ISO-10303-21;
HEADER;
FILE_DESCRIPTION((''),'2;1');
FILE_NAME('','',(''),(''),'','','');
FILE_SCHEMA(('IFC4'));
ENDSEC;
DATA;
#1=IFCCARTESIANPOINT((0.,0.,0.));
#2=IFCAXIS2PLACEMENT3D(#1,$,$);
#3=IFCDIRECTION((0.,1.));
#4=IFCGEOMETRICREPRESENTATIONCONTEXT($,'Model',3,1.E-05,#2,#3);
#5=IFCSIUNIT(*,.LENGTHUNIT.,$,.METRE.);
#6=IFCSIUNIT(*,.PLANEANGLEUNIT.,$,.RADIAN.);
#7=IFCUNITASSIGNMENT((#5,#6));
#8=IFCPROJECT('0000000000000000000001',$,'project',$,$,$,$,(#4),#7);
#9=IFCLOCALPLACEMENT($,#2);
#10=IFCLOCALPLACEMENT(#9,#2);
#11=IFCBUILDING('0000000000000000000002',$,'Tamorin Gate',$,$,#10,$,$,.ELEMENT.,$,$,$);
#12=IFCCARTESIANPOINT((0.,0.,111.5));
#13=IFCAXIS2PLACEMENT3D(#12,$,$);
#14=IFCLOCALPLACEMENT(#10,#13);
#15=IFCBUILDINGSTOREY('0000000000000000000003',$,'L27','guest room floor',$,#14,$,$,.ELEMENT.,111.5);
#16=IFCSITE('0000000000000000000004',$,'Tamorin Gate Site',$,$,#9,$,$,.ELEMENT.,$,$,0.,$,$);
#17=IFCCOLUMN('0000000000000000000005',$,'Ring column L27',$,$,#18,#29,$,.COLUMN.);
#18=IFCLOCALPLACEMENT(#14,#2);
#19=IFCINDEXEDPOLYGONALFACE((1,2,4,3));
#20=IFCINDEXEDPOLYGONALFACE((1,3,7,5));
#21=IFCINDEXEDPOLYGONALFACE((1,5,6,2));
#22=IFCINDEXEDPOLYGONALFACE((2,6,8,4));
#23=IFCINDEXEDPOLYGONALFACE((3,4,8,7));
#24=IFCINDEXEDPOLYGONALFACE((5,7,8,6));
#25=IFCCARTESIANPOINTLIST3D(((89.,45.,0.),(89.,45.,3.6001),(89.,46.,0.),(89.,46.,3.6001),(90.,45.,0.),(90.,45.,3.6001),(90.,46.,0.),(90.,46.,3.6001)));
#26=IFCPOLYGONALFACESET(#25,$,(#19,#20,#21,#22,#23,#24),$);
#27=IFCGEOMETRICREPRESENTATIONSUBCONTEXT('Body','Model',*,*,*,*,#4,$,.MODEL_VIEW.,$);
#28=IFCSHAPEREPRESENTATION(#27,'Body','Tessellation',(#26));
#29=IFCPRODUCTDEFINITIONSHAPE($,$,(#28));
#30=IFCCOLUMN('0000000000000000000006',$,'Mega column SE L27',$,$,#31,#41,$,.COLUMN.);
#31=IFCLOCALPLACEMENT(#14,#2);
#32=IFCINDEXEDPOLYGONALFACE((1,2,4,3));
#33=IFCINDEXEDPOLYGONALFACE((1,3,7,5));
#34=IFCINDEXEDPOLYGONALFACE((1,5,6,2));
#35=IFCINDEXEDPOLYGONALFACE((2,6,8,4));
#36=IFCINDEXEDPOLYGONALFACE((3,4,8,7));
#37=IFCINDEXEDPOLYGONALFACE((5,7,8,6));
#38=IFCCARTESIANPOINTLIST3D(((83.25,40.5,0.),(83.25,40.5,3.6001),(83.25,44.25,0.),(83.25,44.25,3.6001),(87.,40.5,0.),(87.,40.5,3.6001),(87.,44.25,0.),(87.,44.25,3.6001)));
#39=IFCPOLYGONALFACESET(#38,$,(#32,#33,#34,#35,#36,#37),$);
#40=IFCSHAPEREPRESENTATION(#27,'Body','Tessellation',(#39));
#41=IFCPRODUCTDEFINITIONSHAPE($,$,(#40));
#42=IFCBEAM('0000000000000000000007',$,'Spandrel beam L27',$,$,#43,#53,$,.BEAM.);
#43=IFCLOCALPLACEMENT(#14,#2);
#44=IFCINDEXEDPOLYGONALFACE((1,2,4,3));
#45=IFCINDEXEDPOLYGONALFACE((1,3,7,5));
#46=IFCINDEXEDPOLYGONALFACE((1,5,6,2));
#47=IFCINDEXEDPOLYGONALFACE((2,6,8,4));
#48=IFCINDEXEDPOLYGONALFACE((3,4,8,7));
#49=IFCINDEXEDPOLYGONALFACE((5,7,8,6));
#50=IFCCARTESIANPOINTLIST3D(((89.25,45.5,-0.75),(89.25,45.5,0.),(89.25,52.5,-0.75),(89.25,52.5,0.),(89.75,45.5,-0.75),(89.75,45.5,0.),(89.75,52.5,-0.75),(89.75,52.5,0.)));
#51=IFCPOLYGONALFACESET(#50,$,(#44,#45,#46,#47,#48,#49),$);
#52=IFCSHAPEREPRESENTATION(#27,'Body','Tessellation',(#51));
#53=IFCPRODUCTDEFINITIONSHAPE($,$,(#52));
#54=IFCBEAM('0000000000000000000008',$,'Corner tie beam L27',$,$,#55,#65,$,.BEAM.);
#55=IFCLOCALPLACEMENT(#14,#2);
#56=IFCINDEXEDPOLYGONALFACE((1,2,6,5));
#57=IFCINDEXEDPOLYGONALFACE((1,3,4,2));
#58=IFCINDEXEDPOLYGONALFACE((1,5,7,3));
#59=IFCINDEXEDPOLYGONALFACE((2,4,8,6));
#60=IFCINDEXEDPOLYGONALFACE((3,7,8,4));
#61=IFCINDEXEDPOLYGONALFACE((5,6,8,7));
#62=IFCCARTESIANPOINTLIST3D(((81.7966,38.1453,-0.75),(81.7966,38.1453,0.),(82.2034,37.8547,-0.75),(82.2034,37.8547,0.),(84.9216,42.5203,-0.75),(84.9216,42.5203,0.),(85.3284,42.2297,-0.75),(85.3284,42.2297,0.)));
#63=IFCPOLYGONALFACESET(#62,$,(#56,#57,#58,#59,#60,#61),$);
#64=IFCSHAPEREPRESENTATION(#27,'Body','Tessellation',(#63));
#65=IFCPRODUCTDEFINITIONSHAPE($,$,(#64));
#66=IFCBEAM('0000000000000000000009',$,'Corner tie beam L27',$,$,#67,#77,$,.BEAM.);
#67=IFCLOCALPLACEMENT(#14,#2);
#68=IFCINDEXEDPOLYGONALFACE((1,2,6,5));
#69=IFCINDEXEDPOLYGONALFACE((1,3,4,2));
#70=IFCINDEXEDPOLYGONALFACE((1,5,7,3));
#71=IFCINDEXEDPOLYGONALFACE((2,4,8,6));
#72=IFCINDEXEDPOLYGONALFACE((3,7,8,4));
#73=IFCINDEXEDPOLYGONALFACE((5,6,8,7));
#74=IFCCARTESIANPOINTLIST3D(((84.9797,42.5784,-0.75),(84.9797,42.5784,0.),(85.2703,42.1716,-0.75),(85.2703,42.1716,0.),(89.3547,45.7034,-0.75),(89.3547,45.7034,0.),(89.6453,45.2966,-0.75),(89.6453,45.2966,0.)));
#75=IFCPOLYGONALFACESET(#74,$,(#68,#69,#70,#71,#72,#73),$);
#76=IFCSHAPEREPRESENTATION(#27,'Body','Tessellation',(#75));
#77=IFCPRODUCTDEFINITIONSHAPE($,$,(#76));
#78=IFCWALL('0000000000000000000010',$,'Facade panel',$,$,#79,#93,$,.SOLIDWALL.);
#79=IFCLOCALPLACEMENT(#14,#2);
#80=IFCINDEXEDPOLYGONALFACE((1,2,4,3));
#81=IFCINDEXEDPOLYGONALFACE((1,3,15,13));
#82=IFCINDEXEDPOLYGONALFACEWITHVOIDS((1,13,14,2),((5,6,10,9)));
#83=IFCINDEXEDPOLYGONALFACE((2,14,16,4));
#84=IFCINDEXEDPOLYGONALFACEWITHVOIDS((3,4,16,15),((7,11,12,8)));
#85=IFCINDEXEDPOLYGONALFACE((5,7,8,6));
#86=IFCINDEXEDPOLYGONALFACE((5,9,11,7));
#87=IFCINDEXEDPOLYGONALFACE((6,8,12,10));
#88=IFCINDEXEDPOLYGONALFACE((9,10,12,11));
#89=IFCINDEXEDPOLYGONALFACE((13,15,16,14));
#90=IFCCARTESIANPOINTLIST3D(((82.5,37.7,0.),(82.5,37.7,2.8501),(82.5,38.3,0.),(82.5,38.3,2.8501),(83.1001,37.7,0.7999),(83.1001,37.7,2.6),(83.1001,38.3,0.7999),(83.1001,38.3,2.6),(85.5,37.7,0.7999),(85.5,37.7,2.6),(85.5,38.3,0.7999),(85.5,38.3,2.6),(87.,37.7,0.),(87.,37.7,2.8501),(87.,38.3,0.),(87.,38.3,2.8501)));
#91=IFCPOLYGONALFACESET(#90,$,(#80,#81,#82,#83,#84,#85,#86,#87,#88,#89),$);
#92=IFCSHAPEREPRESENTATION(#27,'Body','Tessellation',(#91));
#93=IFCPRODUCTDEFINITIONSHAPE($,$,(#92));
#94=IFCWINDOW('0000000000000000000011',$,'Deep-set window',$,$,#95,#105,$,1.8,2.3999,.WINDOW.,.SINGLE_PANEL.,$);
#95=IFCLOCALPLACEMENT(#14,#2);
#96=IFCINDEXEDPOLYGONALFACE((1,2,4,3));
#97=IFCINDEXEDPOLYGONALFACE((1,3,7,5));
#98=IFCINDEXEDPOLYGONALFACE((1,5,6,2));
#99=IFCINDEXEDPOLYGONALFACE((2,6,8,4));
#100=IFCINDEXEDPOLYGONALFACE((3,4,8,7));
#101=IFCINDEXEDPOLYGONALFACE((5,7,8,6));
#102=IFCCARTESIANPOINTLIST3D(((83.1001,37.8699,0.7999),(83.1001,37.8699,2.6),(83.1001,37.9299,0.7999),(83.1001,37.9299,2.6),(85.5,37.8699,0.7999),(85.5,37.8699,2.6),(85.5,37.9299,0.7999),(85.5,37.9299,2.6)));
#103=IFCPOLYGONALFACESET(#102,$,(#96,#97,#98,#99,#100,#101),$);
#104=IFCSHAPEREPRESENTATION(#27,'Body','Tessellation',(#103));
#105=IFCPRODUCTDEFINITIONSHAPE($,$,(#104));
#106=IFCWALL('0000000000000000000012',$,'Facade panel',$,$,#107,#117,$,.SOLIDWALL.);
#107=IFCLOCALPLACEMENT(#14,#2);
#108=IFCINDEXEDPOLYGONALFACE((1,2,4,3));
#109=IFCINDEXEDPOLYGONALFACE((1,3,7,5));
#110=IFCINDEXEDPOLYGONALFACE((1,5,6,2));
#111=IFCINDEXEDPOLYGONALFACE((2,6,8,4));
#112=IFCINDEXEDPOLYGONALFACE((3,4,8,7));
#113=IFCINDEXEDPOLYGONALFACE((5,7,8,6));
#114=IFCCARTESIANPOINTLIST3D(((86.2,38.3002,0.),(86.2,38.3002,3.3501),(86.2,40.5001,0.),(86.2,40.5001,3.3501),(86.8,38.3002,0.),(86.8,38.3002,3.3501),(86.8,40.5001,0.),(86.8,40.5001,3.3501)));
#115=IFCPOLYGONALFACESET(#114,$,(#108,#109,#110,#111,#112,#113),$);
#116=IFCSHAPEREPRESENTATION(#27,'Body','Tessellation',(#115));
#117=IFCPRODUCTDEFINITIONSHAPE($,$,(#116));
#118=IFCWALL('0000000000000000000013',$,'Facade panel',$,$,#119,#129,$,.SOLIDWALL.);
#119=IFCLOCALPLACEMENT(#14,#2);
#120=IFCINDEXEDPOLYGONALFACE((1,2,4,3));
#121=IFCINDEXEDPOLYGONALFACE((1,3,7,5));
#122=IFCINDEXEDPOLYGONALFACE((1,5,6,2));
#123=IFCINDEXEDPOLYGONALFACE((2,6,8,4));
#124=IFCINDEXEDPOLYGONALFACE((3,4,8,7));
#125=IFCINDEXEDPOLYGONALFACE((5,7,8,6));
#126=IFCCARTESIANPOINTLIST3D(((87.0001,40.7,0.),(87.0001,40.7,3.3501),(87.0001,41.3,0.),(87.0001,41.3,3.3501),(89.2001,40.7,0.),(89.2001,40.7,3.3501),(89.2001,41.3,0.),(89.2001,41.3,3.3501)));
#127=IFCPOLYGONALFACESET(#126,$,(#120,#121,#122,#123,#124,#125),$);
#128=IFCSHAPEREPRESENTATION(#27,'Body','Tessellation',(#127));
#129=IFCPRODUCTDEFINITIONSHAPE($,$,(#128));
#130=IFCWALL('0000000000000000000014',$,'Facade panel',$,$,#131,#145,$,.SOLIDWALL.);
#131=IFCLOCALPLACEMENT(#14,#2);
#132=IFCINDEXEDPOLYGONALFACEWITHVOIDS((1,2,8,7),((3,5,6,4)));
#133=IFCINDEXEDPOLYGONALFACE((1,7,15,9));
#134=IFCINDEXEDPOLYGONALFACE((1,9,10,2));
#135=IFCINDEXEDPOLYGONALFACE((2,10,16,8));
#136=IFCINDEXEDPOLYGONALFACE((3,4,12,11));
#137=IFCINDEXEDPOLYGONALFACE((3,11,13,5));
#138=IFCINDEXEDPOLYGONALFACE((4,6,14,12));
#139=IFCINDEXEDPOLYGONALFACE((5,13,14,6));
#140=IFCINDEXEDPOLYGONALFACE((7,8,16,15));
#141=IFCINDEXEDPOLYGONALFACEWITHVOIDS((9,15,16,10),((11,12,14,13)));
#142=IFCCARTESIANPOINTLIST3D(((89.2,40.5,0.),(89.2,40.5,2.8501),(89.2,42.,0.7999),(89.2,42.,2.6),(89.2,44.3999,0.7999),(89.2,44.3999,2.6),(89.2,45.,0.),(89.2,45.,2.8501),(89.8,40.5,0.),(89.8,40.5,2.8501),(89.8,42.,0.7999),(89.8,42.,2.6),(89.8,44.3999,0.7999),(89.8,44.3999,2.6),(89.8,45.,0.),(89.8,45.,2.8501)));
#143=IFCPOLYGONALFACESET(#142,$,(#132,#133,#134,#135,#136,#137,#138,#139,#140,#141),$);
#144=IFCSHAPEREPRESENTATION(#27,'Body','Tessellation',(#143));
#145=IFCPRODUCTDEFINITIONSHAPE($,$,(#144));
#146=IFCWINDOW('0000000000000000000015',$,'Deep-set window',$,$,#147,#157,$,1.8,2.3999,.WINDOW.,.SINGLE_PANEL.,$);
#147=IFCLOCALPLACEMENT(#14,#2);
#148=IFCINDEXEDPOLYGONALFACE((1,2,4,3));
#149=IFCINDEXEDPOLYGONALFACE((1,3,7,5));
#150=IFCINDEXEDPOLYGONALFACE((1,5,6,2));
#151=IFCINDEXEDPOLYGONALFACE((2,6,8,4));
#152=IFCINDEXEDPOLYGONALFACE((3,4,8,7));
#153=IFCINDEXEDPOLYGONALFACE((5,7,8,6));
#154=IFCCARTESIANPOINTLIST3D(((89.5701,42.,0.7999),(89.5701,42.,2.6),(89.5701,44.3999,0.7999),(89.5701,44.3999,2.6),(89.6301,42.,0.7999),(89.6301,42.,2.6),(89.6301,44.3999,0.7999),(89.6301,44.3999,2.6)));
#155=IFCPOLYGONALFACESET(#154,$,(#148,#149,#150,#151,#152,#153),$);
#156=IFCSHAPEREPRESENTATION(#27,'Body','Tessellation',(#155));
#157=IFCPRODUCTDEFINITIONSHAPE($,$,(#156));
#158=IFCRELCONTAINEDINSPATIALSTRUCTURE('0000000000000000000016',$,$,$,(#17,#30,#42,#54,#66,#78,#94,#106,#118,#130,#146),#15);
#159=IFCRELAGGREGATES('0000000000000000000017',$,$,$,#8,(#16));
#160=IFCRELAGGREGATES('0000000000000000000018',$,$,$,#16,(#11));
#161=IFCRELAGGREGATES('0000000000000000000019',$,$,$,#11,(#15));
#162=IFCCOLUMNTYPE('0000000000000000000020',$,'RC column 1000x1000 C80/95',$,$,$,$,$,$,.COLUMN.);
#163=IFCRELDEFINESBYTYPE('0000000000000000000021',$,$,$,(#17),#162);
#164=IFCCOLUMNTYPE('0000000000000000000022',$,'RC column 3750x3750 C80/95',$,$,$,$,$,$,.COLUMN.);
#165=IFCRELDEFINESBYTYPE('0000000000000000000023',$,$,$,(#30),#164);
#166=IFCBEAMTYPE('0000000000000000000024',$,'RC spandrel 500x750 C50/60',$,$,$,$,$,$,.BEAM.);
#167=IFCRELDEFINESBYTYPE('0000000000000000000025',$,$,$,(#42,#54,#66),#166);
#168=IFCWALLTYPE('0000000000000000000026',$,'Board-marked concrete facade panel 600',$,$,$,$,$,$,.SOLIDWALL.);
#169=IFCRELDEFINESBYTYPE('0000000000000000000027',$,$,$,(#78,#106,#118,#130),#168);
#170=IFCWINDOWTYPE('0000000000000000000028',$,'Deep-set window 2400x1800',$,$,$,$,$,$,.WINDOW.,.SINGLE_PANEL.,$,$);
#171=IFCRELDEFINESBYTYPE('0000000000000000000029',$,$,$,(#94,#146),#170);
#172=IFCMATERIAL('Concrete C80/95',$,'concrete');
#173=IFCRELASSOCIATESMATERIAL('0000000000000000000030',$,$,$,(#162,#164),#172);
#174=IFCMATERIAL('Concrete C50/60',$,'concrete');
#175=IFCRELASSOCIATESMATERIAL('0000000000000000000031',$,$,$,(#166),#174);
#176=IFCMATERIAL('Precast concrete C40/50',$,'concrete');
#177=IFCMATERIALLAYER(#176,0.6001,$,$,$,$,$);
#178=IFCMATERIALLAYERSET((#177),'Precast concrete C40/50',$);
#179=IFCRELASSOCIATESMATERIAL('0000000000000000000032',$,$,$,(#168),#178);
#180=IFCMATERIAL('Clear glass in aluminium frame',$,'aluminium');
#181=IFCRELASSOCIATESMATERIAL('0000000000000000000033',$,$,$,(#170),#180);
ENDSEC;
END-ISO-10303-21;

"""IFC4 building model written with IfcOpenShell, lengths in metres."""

from ifc_helpers import new_model, si_unit, direction, frame, frame_2d, origin, origin_2d, place, context, subcontext, project, spatial, rectangle, extrude, material, layer, layer_set, material_profile, profile_set, type_object, element, fill, save


model = new_model("IFC4")

# Units and contexts
model_context = context("Model", 3, precision=1e-05, world=origin(), true_north=direction((0.0, 1.0)))
body_context = subcontext(model_context, "Body", "Model", "MODEL_VIEW")
ifc_project = project(units=[si_unit("LENGTHUNIT", "METRE"), si_unit("PLANEANGLEUNIT", "RADIAN")], contexts=[model_context])

# Site, building, storey
site_placement = place(None, origin())
site = spatial("IfcSite", under=ifc_project, at=site_placement, Name="Tamorin Gate Site", CompositionType="ELEMENT", RefElevation=0.0)
building_placement = place(site_placement, origin())
building = spatial("IfcBuilding", under=site, at=building_placement, Name="Tamorin Gate", CompositionType="ELEMENT")
storey_placement = place(building_placement, frame((0.0, 0.0, 111.5)))
storey = spatial("IfcBuildingStorey", under=building, at=storey_placement, Name="L27", Description="guest room floor", CompositionType="ELEMENT", Elevation=111.5)

# Columns
ifc_material_1 = material(Name="Concrete C80/95", Category="concrete")
ifc_material_profile_1 = material_profile(ifc_material_1, rectangle(XDim=1.0, YDim=1.0, at=origin_2d()), Name="RC 1000x1000")
ifc_profile_set_1 = profile_set([ifc_material_profile_1], Name="Concrete C80/95")
column_type_1 = type_object("IfcColumnType", Name="RC column 1000x1000 C80/95", PredefinedType="COLUMN", material=ifc_profile_set_1)
column_1_placement = place(storey_placement, frame((89.5, 45.5, 0.0), z_axis=(0.0, 0.0, 1.0), x_axis=(1.0, 0.0, 0.0)))
element("IfcColumn", 1, at=column_1_placement, inside=storey, type_object=column_type_1, Name="Ring column L27", PredefinedType="COLUMN", context=body_context, shape_type="SweptSolid", body=[
    extrude(rectangle(XDim=1.0, YDim=1.0, at=origin_2d()), origin(), (0.0, 0.0, 1.0), 3.6001),
])
ifc_material_profile_2 = material_profile(ifc_material_1, rectangle(XDim=3.75, YDim=3.75, at=origin_2d()), Name="RC 3750x3750")
ifc_profile_set_2 = profile_set([ifc_material_profile_2], Name="Concrete C80/95")
column_type_2 = type_object("IfcColumnType", Name="RC column 3750x3750 C80/95", PredefinedType="COLUMN", material=ifc_profile_set_2)
column_2_placement = place(storey_placement, frame((85.125, 42.375, 0.0), z_axis=(0.0, 0.0, 1.0), x_axis=(1.0, 0.0, 0.0)))
element("IfcColumn", 2, at=column_2_placement, inside=storey, type_object=column_type_2, Name="Mega column SE L27", PredefinedType="COLUMN", context=body_context, shape_type="SweptSolid", body=[
    extrude(rectangle(XDim=3.75, YDim=3.75, at=origin_2d()), origin(), (0.0, 0.0, 1.0), 3.6001),
])

# Beams
ifc_material_2 = material(Name="Concrete C50/60", Category="concrete")
ifc_material_profile_3 = material_profile(ifc_material_2, rectangle(XDim=0.5, YDim=0.75, at=origin_2d()), Name="RC 500x750")
ifc_profile_set_3 = profile_set([ifc_material_profile_3], Name="Concrete C50/60")
beam_type = type_object("IfcBeamType", Name="RC spandrel 500x750 C50/60", PredefinedType="BEAM", material=ifc_profile_set_3)
beam_placement = place(storey_placement, frame((89.5, 45.5, -0.375), z_axis=(0.0, 1.0, 0.0), x_axis=(-1.0, 0.0, 0.0)))
element("IfcBeam", 3, at=beam_placement, inside=storey, type_object=beam_type, Name="Spandrel beam L27", PredefinedType="BEAM", context=body_context, shape_type="SweptSolid", body=[
    extrude(rectangle(XDim=0.5, YDim=0.75, at=origin_2d()), origin(), (0.0, 0.0, 1.0), 7.0),
])
for number, where, z_axis, x_axis, name in (
    (4, (85.125, 42.375, -0.375), (-0.581238, -0.813733, 0.0), (0.813733, -0.581238, 0.0), "Corner tie beam L27"),
    (5, (85.125, 42.375, -0.375), (0.813733, 0.581238, 0.0), (-0.581238, 0.813733, 0.0), "Corner tie beam L27"),
):
    element("IfcBeam", number, at=place(storey_placement, frame(where, z_axis=z_axis, x_axis=x_axis)), inside=storey, type_object=beam_type, Name=name, PredefinedType="BEAM", context=body_context, shape_type="SweptSolid", body=[
        extrude(rectangle(XDim=0.5, YDim=0.75, at=origin_2d()), origin(), (0.0, 0.0, 1.0), 5.3765),
    ])

# Wall, opening, window
ifc_material_3 = material(Name="Precast concrete C40/50", Category="concrete")
ifc_layer_1 = layer(ifc_material_3, 0.6001)
ifc_layer_set_1 = layer_set([ifc_layer_1], Name="Precast concrete C40/50")
wall_type_1 = type_object("IfcWallType", Name="Board-marked concrete facade panel 600", PredefinedType="SOLIDWALL", material=ifc_layer_set_1)
wall_1_placement = place(storey_placement, frame((82.5, 38.0, 0.0), z_axis=(0.0, 0.0, 1.0), x_axis=(1.0, 0.0, 0.0)))
wall_1 = element("IfcWall", 6, at=wall_1_placement, inside=storey, type_object=wall_type_1, Name="Facade panel", PredefinedType="SOLIDWALL", context=body_context, shape_type="SweptSolid", body=[
    extrude(rectangle(XDim=4.5, YDim=0.6001, at=frame_2d((2.25, 0.0))), origin(), (0.0, 0.0, 1.0), 2.8501),
])
opening_1_placement = place(wall_1_placement, frame((0.6001, 0.0, 0.8)))
opening_1 = element("IfcOpeningElement", 7, at=opening_1_placement, cuts=wall_1, PredefinedType="OPENING", context=body_context, shape_type="SweptSolid", body=[
    extrude(rectangle(XDim=2.3999, YDim=1.8, at=frame_2d((1.2, 0.8999))), frame((0.0, 0.3101, 0.0), z_axis=(0.0, -1.0, 0.0), x_axis=(1.0, 0.0, 0.0)), (0.0, 0.0, 1.0), 0.6201),
])
ifc_material_4 = material(Name="Clear glass in aluminium frame", Category="aluminium")
window_type = type_object("IfcWindowType", Name="Deep-set window 2400x1800", PartitioningType="SINGLE_PANEL", PredefinedType="WINDOW", material=ifc_material_4)
window_1_placement = place(opening_1_placement, origin())
window_1 = element("IfcWindow", 8, at=window_1_placement, inside=storey, type_object=window_type, Name="Deep-set window", OverallHeight=1.8, OverallWidth=2.3999, PartitioningType="SINGLE_PANEL", PredefinedType="WINDOW", context=body_context, shape_type="SweptSolid", body=[
    extrude(rectangle(XDim=2.3999, YDim=1.8, at=frame_2d((1.2, 0.8999))), frame((0.0, -0.0701, 0.0), z_axis=(0.0, -1.0, 0.0), x_axis=(1.0, 0.0, 0.0)), (0.0, 0.0, 1.0), 0.0601),
])
fill(opening_1, window_1)

# Walls
for number, where, z_axis, x_axis, name in (
    (9, (86.5, 38.3, 0.0), (0.0, 0.0, 1.0), (0.0, 1.0, 0.0), "Facade panel"),
    (10, (87.0, 41.0, 0.0), (0.0, 0.0, 1.0), (1.0, 0.0, 0.0), "Facade panel"),
):
    element("IfcWall", number, at=place(storey_placement, frame(where, z_axis=z_axis, x_axis=x_axis)), inside=storey, type_object=wall_type_1, Name=name, PredefinedType="SOLIDWALL", context=body_context, shape_type="SweptSolid", body=[
        extrude(rectangle(XDim=2.2, YDim=0.6001, at=frame_2d((1.1001, 0.0))), origin(), (0.0, 0.0, 1.0), 3.3501),
    ])

# Wall, opening, window
wall_2_placement = place(storey_placement, frame((89.5, 40.5, 0.0), z_axis=(0.0, 0.0, 1.0), x_axis=(0.0, 1.0, 0.0)))
wall_2 = element("IfcWall", 11, at=wall_2_placement, inside=storey, type_object=wall_type_1, Name="Facade panel", PredefinedType="SOLIDWALL", context=body_context, shape_type="SweptSolid", body=[
    extrude(rectangle(XDim=4.5, YDim=0.6001, at=frame_2d((2.25, 0.0))), origin(), (0.0, 0.0, 1.0), 2.8501),
])
opening_2_placement = place(wall_2_placement, frame((1.5, 0.0, 0.8)))
opening_2 = element("IfcOpeningElement", 12, at=opening_2_placement, cuts=wall_2, PredefinedType="OPENING", context=body_context, shape_type="SweptSolid", body=[
    extrude(rectangle(XDim=2.3999, YDim=1.8, at=frame_2d((1.2, 0.8999))), frame((0.0, 0.3101, 0.0), z_axis=(0.0, -1.0, 0.0), x_axis=(1.0, 0.0, 0.0)), (0.0, 0.0, 1.0), 0.6201),
])
window_2_placement = place(opening_2_placement, origin())
window_2 = element("IfcWindow", 13, at=window_2_placement, inside=storey, type_object=window_type, Name="Deep-set window", OverallHeight=1.8, OverallWidth=2.3999, PartitioningType="SINGLE_PANEL", PredefinedType="WINDOW", context=body_context, shape_type="SweptSolid", body=[
    extrude(rectangle(XDim=2.3999, YDim=1.8, at=frame_2d((1.2, 0.8999))), frame((0.0, -0.0701, 0.0), z_axis=(0.0, -1.0, 0.0), x_axis=(1.0, 0.0, 0.0)), (0.0, 0.0, 1.0), 0.0601),
])
fill(opening_2, window_2)

save(model, "model.ifc")
